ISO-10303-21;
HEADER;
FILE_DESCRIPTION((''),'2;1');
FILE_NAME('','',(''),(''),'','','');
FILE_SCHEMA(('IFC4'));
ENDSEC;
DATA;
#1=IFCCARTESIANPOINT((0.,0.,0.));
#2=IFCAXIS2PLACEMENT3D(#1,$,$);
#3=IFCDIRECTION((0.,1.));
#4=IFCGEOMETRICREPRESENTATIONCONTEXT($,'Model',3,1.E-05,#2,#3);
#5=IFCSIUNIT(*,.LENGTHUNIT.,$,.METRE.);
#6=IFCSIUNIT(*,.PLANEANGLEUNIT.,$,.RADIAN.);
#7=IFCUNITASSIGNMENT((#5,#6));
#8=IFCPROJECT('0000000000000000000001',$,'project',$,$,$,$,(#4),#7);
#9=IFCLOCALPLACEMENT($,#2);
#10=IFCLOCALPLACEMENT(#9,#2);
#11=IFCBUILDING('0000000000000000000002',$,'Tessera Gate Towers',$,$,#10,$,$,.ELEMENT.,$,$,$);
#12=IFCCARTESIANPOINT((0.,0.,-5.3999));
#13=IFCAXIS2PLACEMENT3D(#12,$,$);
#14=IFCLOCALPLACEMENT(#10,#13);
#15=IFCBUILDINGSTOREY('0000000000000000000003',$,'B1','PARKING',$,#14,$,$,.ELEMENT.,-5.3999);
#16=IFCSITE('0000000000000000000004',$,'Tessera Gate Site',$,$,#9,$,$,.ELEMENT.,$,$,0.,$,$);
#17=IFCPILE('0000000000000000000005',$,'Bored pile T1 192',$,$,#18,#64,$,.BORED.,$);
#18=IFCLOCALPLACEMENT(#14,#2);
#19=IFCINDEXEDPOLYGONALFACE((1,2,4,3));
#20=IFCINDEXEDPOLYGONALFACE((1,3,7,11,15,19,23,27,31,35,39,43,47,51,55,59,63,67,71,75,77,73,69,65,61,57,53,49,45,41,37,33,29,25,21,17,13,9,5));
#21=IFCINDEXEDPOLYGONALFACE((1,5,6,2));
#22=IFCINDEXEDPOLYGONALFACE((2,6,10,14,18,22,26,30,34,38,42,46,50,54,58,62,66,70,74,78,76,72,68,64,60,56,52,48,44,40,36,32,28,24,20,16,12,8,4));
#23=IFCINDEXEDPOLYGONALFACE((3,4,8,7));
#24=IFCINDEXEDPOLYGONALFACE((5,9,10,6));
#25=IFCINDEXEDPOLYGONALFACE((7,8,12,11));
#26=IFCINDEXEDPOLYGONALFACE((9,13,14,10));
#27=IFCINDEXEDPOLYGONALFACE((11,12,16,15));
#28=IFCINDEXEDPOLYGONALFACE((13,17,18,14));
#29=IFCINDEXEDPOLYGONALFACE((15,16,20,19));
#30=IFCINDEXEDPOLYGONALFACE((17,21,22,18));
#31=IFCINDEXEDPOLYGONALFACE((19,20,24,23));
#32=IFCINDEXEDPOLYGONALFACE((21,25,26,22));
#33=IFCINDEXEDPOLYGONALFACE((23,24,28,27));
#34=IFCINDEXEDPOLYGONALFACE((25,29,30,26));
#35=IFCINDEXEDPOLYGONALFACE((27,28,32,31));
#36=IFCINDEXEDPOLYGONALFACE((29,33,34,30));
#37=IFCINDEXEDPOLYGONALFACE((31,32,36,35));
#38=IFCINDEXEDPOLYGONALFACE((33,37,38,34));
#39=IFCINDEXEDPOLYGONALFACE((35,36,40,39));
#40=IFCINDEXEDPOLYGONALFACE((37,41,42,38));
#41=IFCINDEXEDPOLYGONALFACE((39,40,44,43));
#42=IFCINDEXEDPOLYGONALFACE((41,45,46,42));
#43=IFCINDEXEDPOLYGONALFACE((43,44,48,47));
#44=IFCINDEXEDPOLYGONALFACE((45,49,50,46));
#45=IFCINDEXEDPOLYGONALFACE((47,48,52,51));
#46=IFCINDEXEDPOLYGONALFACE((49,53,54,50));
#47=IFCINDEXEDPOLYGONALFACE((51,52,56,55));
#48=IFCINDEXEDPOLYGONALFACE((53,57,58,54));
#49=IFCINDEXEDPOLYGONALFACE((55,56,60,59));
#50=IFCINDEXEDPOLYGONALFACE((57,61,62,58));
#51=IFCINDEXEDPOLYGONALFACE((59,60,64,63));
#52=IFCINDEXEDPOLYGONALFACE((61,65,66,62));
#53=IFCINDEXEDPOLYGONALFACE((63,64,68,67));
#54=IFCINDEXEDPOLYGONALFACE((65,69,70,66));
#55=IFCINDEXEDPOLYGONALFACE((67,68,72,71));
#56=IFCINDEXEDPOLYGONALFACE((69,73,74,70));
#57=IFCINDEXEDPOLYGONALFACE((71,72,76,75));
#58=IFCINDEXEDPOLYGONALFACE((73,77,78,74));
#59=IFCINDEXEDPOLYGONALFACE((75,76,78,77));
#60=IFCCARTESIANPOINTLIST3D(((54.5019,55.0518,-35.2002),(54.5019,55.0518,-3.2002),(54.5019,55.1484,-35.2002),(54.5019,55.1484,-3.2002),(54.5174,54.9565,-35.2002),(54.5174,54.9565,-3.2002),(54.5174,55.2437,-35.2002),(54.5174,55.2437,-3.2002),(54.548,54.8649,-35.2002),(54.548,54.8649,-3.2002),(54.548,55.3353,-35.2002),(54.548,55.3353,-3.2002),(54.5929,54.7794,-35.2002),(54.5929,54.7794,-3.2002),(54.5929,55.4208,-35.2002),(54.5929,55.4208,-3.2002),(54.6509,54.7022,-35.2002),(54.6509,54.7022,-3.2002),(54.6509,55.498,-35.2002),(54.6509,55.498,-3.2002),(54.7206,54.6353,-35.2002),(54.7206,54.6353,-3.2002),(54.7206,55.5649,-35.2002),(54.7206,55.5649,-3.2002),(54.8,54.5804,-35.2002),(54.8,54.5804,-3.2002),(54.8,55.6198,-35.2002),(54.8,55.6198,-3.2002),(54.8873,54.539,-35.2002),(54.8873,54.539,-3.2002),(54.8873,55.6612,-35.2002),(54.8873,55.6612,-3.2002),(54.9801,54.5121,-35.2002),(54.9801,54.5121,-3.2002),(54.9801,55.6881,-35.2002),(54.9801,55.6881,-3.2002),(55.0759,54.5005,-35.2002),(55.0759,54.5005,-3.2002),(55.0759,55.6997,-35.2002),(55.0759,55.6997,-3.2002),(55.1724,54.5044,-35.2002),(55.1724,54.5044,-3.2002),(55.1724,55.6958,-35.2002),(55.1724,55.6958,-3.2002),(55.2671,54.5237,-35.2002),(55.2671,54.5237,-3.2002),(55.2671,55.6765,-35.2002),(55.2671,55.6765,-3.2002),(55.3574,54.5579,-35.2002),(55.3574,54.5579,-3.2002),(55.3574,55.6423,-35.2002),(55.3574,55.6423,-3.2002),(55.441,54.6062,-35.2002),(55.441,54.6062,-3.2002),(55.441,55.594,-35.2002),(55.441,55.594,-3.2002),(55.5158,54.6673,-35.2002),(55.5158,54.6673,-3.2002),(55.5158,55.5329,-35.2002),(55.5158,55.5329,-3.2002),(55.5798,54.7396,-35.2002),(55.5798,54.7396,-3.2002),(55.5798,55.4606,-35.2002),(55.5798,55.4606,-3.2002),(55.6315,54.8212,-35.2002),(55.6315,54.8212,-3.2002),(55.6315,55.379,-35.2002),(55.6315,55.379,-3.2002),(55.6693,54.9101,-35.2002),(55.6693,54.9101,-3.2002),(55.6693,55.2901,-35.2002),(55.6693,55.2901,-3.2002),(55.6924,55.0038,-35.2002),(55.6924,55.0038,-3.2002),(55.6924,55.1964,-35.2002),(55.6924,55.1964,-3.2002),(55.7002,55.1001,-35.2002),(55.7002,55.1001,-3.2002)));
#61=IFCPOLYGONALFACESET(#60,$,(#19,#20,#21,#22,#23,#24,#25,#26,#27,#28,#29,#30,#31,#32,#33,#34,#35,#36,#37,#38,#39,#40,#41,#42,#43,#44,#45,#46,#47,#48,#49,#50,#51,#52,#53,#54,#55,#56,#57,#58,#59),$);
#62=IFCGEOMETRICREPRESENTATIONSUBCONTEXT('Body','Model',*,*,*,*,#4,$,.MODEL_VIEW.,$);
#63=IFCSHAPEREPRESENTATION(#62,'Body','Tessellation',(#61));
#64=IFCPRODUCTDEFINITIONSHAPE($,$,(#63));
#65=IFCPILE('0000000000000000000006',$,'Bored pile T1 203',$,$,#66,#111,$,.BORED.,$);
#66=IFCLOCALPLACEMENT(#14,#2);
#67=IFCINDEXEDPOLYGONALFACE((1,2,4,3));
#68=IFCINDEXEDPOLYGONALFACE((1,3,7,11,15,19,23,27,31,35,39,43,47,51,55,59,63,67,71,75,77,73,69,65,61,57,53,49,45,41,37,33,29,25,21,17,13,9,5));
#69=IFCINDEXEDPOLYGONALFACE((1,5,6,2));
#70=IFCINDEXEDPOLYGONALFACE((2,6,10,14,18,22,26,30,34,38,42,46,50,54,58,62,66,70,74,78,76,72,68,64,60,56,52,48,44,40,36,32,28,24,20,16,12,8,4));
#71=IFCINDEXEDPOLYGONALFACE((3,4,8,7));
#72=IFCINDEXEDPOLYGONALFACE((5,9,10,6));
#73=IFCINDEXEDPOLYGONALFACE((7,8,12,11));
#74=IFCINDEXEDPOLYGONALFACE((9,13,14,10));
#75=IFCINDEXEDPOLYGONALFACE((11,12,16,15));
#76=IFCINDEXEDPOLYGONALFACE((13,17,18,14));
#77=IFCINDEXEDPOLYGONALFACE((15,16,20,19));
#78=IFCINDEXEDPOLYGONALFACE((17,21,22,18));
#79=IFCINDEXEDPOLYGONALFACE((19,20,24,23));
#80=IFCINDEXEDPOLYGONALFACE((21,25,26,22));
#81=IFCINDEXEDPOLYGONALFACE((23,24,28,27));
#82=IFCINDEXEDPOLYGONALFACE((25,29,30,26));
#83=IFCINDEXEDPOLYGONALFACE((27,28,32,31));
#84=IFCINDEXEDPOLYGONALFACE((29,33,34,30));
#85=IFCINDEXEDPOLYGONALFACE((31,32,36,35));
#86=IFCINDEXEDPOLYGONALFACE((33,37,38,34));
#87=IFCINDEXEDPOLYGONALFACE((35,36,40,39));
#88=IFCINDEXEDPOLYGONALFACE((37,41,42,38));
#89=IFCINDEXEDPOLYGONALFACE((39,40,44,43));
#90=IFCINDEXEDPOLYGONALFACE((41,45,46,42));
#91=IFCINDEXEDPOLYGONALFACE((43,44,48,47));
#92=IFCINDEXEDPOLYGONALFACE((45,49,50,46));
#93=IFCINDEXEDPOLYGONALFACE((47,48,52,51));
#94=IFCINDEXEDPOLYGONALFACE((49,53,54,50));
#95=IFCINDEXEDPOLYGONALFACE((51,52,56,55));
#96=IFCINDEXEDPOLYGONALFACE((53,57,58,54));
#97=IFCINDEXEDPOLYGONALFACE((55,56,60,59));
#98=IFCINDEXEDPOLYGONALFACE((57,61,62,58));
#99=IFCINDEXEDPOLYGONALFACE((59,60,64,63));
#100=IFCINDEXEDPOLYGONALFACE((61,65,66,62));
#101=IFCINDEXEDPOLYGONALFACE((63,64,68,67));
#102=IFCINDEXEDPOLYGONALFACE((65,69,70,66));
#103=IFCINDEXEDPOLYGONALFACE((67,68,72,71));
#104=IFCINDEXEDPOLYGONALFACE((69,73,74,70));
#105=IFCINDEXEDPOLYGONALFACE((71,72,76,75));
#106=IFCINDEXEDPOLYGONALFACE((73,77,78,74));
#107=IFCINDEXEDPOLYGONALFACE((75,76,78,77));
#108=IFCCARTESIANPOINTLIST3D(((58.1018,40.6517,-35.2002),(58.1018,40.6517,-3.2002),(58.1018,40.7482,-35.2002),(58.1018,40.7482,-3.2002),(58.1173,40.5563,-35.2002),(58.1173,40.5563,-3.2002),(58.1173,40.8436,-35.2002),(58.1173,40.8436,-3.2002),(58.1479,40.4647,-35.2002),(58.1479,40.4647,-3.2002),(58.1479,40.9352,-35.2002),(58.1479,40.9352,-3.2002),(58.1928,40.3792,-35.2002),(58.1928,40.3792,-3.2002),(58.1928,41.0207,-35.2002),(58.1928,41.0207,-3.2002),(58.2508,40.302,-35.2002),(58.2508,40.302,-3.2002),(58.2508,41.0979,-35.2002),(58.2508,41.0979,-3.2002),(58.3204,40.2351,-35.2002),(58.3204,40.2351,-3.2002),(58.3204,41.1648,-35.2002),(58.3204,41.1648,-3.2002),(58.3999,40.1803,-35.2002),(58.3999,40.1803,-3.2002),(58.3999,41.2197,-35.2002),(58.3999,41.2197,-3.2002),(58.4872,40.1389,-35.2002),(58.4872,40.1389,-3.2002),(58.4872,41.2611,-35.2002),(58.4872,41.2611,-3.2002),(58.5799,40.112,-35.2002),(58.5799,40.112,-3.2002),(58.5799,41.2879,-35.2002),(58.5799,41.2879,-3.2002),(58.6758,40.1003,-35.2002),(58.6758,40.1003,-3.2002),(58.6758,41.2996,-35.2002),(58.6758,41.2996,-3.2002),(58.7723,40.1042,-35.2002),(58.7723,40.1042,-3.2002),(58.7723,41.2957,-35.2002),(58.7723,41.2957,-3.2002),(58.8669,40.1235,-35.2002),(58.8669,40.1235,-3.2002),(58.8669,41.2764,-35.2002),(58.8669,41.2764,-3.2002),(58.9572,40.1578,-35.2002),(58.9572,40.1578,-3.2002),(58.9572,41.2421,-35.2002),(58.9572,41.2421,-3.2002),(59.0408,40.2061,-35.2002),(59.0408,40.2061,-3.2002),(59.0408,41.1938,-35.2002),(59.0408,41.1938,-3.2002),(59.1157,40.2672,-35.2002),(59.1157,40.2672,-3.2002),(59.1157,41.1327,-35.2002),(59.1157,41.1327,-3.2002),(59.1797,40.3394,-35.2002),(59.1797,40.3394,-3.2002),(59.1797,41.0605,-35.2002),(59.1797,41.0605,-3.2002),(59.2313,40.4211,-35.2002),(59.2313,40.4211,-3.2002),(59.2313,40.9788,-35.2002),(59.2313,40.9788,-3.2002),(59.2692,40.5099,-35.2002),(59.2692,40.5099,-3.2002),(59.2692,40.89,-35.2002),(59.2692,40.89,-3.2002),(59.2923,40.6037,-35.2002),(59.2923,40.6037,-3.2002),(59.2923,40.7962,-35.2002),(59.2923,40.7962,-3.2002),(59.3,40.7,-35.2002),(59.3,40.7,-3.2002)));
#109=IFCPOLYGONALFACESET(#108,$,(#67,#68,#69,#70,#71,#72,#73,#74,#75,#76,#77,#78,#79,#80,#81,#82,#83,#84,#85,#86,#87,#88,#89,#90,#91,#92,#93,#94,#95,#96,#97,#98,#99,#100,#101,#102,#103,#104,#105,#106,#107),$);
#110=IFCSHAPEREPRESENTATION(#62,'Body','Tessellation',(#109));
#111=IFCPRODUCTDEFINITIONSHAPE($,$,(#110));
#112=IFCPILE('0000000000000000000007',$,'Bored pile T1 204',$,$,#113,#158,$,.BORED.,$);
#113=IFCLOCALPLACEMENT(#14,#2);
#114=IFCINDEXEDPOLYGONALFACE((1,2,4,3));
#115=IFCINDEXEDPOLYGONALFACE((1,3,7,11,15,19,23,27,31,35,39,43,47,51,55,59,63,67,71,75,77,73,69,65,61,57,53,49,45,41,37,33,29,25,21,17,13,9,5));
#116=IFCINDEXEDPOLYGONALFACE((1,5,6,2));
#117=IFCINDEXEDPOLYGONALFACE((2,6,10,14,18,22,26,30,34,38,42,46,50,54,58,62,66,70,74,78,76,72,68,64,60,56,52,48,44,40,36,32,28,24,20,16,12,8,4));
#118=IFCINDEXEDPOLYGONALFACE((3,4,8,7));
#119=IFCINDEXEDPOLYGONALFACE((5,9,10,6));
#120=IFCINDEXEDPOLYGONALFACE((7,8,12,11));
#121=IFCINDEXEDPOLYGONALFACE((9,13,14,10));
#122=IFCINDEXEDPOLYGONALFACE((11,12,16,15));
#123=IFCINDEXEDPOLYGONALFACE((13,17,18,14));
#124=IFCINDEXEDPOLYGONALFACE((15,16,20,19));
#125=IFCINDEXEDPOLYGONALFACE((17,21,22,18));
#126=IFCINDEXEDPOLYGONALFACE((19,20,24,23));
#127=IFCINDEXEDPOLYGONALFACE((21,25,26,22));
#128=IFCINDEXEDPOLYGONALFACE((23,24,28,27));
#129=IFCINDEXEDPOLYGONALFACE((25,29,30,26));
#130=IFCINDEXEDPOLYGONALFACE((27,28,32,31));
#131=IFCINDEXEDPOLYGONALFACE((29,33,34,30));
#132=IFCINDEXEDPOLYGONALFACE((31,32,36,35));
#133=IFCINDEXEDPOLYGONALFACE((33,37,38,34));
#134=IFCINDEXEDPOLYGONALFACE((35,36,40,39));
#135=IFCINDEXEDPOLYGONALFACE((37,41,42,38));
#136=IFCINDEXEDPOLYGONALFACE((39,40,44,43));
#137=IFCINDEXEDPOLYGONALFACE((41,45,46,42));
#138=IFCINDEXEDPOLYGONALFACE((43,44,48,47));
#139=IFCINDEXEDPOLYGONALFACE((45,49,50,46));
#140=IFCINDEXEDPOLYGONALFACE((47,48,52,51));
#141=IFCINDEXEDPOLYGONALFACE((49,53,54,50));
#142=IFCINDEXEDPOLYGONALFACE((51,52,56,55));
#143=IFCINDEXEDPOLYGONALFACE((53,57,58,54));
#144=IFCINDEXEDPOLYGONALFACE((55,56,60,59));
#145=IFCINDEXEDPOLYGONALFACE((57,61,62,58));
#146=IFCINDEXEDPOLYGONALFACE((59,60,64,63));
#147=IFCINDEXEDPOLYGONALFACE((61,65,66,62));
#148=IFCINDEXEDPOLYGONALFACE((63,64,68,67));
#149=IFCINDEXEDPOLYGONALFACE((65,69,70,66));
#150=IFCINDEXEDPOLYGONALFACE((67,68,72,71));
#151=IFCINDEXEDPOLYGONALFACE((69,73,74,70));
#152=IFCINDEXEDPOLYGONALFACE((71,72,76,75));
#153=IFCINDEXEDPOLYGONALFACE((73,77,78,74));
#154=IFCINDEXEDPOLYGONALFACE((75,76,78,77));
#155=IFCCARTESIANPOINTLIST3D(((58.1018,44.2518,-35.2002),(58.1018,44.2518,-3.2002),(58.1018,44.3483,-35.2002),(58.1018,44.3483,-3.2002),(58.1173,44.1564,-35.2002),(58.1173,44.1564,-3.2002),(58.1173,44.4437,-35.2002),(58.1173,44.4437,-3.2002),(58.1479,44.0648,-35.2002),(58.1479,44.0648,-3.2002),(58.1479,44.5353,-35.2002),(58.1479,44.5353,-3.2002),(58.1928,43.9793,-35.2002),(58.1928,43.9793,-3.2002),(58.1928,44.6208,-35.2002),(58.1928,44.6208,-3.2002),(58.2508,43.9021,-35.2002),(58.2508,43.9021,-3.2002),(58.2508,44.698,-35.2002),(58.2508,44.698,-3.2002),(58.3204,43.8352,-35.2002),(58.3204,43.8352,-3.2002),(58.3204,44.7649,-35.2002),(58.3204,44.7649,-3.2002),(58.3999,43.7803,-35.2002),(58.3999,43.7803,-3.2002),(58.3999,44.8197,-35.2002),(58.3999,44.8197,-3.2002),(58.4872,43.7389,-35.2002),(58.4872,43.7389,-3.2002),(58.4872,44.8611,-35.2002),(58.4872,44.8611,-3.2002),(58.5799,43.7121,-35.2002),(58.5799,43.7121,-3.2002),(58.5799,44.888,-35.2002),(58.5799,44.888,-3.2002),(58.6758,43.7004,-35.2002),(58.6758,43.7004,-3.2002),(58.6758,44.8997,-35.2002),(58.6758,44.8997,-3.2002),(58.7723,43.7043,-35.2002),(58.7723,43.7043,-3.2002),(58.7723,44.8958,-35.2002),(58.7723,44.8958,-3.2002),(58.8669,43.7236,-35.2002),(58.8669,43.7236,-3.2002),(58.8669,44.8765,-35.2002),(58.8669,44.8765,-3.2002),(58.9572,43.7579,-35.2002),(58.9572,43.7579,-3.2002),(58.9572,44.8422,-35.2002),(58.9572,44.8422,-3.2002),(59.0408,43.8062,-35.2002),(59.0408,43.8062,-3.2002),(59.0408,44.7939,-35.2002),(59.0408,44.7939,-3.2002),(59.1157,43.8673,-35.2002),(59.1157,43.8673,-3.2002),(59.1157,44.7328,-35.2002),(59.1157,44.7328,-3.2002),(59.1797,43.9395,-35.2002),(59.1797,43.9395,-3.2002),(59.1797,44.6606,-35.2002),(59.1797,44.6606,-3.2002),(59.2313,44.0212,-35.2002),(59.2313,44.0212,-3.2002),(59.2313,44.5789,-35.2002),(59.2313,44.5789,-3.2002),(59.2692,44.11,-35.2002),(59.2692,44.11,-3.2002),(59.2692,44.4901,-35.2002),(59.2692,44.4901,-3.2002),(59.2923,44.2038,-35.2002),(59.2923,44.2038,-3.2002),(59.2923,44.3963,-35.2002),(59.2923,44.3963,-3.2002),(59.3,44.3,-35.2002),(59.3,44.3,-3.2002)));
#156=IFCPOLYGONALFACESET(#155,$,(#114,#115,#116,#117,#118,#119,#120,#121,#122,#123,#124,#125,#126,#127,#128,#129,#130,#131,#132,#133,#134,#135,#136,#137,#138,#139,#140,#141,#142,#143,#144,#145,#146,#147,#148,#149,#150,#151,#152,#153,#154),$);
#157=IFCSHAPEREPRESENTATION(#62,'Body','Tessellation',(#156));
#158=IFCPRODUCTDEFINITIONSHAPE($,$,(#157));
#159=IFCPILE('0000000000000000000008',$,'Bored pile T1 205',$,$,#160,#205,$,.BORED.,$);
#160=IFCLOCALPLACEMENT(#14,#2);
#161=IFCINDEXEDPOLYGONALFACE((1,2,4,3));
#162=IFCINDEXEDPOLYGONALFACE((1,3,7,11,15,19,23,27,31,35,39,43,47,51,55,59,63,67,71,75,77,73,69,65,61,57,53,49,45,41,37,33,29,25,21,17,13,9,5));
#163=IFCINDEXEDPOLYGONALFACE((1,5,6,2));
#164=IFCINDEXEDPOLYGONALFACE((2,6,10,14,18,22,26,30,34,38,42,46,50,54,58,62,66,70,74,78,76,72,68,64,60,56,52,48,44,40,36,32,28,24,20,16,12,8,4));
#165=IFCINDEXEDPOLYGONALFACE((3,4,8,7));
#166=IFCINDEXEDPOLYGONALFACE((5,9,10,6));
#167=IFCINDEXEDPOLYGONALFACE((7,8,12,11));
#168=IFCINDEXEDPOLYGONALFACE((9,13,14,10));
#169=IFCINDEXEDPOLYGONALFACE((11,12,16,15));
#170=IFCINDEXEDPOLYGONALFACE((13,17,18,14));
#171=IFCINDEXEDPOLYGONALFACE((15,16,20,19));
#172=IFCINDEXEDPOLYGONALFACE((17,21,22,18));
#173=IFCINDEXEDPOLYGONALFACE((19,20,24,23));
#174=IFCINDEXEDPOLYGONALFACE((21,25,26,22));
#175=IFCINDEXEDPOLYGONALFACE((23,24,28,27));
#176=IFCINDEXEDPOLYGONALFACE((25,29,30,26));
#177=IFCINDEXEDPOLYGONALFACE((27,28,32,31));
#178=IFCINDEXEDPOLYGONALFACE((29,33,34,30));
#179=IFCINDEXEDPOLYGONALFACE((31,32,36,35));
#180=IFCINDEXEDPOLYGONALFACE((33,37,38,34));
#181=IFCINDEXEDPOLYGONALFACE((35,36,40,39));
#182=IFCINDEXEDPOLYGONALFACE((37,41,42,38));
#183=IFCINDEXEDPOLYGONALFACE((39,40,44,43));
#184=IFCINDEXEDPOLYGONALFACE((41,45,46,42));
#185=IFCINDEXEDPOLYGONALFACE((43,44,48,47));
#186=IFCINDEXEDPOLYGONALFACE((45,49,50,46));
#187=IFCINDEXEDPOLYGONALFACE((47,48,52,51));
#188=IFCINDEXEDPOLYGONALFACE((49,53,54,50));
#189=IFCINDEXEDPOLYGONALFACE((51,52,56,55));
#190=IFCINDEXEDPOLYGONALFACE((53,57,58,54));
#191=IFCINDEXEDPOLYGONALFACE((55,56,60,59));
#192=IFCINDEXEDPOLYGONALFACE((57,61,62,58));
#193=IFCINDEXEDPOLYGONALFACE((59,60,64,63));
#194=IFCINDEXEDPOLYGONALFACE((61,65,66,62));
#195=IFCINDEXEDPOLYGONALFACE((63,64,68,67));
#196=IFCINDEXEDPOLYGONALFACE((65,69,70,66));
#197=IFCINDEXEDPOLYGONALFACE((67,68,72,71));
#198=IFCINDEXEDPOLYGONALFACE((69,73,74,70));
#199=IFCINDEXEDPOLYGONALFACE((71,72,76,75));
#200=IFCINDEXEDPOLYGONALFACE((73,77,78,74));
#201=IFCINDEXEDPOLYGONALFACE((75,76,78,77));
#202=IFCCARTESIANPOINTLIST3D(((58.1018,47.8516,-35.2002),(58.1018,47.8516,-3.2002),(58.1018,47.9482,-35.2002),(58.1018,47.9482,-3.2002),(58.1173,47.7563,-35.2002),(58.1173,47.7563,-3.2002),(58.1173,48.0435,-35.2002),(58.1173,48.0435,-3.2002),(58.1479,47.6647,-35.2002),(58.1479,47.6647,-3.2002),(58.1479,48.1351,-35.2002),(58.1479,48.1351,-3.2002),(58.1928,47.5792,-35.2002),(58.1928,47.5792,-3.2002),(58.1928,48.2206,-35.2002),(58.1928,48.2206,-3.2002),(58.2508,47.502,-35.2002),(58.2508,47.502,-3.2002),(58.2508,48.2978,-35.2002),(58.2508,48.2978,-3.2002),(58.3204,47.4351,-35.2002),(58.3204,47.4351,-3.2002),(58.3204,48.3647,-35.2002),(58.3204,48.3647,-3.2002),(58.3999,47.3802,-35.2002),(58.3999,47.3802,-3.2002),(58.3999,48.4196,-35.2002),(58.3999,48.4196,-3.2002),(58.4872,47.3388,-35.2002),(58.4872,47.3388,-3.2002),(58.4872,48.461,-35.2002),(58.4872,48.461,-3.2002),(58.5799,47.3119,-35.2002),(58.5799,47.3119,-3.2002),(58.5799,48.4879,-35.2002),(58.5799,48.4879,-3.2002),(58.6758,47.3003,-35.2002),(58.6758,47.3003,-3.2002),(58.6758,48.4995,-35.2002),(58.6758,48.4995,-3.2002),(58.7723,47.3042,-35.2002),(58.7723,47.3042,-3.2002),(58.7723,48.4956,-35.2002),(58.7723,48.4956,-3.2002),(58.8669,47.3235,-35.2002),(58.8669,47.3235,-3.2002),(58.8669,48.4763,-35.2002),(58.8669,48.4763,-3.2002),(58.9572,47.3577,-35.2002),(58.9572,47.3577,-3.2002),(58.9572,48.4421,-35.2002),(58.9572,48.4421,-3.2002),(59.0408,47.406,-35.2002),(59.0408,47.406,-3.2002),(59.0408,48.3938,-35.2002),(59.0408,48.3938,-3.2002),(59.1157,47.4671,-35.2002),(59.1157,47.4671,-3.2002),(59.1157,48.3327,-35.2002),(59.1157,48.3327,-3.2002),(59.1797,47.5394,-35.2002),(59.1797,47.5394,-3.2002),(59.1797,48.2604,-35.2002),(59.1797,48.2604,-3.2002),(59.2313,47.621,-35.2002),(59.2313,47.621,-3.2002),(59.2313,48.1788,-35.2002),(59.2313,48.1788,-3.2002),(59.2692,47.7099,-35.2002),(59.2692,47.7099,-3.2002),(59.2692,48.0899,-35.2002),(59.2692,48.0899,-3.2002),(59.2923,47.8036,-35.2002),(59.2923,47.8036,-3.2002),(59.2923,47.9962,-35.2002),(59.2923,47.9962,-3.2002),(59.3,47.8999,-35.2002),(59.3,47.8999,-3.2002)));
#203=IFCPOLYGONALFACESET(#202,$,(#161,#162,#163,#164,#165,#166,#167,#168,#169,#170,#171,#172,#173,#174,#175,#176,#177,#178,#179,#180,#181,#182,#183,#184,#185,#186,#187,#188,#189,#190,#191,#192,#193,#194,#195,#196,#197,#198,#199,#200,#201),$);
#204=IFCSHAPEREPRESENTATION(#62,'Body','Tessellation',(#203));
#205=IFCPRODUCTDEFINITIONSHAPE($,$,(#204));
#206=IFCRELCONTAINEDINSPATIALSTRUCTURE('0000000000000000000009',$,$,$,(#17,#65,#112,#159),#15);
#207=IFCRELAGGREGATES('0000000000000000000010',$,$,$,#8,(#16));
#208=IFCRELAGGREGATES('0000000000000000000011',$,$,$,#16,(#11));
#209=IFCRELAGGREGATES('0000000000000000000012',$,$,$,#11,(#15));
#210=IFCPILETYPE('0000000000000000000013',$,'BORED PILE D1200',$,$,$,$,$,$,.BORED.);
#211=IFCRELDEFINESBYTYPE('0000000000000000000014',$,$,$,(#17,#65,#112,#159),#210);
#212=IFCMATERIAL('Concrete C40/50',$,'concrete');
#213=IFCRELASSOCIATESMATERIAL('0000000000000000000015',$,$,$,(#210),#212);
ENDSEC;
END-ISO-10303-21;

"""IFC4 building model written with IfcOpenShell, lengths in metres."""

from ifc_helpers import new_model, si_unit, direction, frame, origin, origin_2d, place, context, subcontext, project, spatial, circle, extrude, material, material_profile, profile_set, type_object, element, save


model = new_model("IFC4")

# Units and contexts
model_context = context("Model", 3, precision=1e-05, world=origin(), true_north=direction((0.0, 1.0)))
body_context = subcontext(model_context, "Body", "Model", "MODEL_VIEW")
ifc_project = project(units=[si_unit("LENGTHUNIT", "METRE"), si_unit("PLANEANGLEUNIT", "RADIAN")], contexts=[model_context])

# Site, building, storey
site_placement = place(None, origin())
site = spatial("IfcSite", under=ifc_project, at=site_placement, Name="Tessera Gate Site", CompositionType="ELEMENT", RefElevation=0.0)
building_placement = place(site_placement, origin())
building = spatial("IfcBuilding", under=site, at=building_placement, Name="Tessera Gate Towers", CompositionType="ELEMENT")
storey_placement = place(building_placement, frame((0.0, 0.0, -5.3999)))
storey = spatial("IfcBuildingStorey", under=building, at=storey_placement, Name="B1", Description="PARKING", CompositionType="ELEMENT", Elevation=-5.3999)

# Piles
ifc_material_1 = material(Name="Concrete C40/50", Category="concrete")
ifc_material_profile_1 = material_profile(ifc_material_1, circle(Radius=0.6001, at=origin_2d()), Name="BORED PILE D1200")
ifc_profile_set_1 = profile_set([ifc_material_profile_1], Name="Concrete C40/50")
pile_type = type_object("IfcPileType", Name="BORED PILE D1200", PredefinedType="BORED", material=ifc_profile_set_1)
for number, where, z_axis, x_axis, name in (
    (1, (55.1001, 55.1001, -3.2002), (0.0, 0.0, -1.0), (1.0, 0.0, 0.0), "Bored pile T1 192"),
    (2, (58.7, 40.7, -3.2002), (0.0, 0.0, -1.0), (1.0, 0.0, 0.0), "Bored pile T1 203"),
    (3, (58.7, 44.3, -3.2002), (0.0, 0.0, -1.0), (1.0, 0.0, 0.0), "Bored pile T1 204"),
    (4, (58.7, 47.8999, -3.2002), (0.0, 0.0, -1.0), (1.0, 0.0, 0.0), "Bored pile T1 205"),
):
    element("IfcPile", number, at=place(storey_placement, frame(where, z_axis=z_axis, x_axis=x_axis)), inside=storey, type_object=pile_type, Name=name, PredefinedType="BORED", context=body_context, shape_type="SweptSolid", body=[
        extrude(circle(Radius=0.6001, at=origin_2d()), origin(), (0.0, 0.0, 1.0), 32.0),
    ])

save(model, "model.ifc")
